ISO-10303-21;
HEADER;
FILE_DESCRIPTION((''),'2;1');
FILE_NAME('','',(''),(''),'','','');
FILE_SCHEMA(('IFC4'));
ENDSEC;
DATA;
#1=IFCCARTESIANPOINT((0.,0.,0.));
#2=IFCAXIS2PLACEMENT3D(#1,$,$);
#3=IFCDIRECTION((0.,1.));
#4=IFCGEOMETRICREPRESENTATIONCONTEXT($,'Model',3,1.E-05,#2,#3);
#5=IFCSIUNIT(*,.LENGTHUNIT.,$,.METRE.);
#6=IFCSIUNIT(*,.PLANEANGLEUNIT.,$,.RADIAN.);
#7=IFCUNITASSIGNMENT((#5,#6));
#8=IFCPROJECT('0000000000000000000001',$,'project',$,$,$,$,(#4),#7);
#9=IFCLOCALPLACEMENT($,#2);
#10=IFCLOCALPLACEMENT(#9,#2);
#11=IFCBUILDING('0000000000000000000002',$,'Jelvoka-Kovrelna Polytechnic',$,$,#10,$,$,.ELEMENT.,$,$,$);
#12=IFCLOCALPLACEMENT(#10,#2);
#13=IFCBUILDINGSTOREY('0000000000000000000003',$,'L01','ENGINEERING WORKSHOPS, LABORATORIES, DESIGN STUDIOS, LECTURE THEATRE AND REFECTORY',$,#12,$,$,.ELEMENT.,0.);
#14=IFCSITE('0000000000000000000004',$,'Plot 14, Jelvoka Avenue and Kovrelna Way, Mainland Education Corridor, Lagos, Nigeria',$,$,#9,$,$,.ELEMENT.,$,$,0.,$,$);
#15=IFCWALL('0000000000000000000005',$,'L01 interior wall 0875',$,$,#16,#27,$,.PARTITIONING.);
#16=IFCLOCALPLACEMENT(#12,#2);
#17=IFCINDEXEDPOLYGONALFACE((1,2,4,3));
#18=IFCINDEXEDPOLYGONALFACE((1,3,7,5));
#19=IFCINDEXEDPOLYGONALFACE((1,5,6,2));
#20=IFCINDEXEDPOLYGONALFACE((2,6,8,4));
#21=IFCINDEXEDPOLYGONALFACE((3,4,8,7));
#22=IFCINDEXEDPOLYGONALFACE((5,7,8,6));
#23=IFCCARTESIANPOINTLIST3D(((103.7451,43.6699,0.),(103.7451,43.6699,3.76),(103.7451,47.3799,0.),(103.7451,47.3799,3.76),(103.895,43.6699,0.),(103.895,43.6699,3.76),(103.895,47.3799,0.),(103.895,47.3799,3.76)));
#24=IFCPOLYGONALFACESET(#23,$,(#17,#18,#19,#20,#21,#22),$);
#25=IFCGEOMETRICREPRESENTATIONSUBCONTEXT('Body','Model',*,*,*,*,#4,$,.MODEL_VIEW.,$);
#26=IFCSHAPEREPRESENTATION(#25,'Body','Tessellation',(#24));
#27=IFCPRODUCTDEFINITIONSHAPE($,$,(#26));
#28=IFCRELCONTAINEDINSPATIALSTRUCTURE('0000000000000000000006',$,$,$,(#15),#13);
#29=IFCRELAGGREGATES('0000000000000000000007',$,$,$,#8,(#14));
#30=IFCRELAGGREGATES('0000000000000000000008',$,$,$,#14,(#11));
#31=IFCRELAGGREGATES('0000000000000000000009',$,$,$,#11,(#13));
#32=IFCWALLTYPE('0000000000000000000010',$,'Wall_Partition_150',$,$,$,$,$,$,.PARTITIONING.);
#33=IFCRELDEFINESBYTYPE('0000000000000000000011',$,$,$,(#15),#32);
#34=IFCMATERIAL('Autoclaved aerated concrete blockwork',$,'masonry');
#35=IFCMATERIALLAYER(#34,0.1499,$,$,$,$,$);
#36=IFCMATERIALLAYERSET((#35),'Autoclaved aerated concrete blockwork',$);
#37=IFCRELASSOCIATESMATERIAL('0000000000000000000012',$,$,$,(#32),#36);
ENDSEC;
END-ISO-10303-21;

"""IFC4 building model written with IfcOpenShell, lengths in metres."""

from ifc_helpers import new_model, si_unit, direction, frame, frame_2d, origin, place, context, subcontext, project, spatial, rectangle, extrude, material, layer, layer_set, type_object, element, save


model = new_model("IFC4")

# Units and contexts
model_context = context("Model", 3, precision=1e-05, world=origin(), true_north=direction((0.0, 1.0)))
body_context = subcontext(model_context, "Body", "Model", "MODEL_VIEW")
ifc_project = project(units=[si_unit("LENGTHUNIT", "METRE"), si_unit("PLANEANGLEUNIT", "RADIAN")], contexts=[model_context])

# Site, building, storey
site_placement = place(None, origin())
site = spatial("IfcSite", under=ifc_project, at=site_placement, Name="Plot 14, Jelvoka Avenue and Kovrelna Way, Mainland Education Corridor, Lagos, Nigeria", CompositionType="ELEMENT", RefElevation=0.0)
building_placement = place(site_placement, origin())
building = spatial("IfcBuilding", under=site, at=building_placement, Name="Jelvoka-Kovrelna Polytechnic", CompositionType="ELEMENT")
storey_placement = place(building_placement, origin())
storey = spatial("IfcBuildingStorey", under=building, at=storey_placement, Name="L01", Description="ENGINEERING WORKSHOPS, LABORATORIES, DESIGN STUDIOS, LECTURE THEATRE AND REFECTORY", CompositionType="ELEMENT", Elevation=0.0)

# Wall
ifc_material_1 = material(Name="Autoclaved aerated concrete blockwork", Category="masonry")
ifc_layer_1 = layer(ifc_material_1, 0.1499)
ifc_layer_set_1 = layer_set([ifc_layer_1], Name="Autoclaved aerated concrete blockwork")
wall_type_1 = type_object("IfcWallType", Name="Wall_Partition_150", PredefinedType="PARTITIONING", material=ifc_layer_set_1)
wall_1_placement = place(storey_placement, frame((103.8201, 43.6699, 0.0), z_axis=(0.0, 0.0, 1.0), x_axis=(0.0, 1.0, 0.0)))
element("IfcWall", 1, at=wall_1_placement, inside=storey, type_object=wall_type_1, Name="L01 interior wall 0875", PredefinedType="PARTITIONING", context=body_context, shape_type="SweptSolid", body=[
    extrude(rectangle(XDim=3.71, YDim=0.1499, at=frame_2d((1.855, 0.0))), origin(), (0.0, 0.0, 1.0), 3.76),
])

save(model, "model.ifc")
